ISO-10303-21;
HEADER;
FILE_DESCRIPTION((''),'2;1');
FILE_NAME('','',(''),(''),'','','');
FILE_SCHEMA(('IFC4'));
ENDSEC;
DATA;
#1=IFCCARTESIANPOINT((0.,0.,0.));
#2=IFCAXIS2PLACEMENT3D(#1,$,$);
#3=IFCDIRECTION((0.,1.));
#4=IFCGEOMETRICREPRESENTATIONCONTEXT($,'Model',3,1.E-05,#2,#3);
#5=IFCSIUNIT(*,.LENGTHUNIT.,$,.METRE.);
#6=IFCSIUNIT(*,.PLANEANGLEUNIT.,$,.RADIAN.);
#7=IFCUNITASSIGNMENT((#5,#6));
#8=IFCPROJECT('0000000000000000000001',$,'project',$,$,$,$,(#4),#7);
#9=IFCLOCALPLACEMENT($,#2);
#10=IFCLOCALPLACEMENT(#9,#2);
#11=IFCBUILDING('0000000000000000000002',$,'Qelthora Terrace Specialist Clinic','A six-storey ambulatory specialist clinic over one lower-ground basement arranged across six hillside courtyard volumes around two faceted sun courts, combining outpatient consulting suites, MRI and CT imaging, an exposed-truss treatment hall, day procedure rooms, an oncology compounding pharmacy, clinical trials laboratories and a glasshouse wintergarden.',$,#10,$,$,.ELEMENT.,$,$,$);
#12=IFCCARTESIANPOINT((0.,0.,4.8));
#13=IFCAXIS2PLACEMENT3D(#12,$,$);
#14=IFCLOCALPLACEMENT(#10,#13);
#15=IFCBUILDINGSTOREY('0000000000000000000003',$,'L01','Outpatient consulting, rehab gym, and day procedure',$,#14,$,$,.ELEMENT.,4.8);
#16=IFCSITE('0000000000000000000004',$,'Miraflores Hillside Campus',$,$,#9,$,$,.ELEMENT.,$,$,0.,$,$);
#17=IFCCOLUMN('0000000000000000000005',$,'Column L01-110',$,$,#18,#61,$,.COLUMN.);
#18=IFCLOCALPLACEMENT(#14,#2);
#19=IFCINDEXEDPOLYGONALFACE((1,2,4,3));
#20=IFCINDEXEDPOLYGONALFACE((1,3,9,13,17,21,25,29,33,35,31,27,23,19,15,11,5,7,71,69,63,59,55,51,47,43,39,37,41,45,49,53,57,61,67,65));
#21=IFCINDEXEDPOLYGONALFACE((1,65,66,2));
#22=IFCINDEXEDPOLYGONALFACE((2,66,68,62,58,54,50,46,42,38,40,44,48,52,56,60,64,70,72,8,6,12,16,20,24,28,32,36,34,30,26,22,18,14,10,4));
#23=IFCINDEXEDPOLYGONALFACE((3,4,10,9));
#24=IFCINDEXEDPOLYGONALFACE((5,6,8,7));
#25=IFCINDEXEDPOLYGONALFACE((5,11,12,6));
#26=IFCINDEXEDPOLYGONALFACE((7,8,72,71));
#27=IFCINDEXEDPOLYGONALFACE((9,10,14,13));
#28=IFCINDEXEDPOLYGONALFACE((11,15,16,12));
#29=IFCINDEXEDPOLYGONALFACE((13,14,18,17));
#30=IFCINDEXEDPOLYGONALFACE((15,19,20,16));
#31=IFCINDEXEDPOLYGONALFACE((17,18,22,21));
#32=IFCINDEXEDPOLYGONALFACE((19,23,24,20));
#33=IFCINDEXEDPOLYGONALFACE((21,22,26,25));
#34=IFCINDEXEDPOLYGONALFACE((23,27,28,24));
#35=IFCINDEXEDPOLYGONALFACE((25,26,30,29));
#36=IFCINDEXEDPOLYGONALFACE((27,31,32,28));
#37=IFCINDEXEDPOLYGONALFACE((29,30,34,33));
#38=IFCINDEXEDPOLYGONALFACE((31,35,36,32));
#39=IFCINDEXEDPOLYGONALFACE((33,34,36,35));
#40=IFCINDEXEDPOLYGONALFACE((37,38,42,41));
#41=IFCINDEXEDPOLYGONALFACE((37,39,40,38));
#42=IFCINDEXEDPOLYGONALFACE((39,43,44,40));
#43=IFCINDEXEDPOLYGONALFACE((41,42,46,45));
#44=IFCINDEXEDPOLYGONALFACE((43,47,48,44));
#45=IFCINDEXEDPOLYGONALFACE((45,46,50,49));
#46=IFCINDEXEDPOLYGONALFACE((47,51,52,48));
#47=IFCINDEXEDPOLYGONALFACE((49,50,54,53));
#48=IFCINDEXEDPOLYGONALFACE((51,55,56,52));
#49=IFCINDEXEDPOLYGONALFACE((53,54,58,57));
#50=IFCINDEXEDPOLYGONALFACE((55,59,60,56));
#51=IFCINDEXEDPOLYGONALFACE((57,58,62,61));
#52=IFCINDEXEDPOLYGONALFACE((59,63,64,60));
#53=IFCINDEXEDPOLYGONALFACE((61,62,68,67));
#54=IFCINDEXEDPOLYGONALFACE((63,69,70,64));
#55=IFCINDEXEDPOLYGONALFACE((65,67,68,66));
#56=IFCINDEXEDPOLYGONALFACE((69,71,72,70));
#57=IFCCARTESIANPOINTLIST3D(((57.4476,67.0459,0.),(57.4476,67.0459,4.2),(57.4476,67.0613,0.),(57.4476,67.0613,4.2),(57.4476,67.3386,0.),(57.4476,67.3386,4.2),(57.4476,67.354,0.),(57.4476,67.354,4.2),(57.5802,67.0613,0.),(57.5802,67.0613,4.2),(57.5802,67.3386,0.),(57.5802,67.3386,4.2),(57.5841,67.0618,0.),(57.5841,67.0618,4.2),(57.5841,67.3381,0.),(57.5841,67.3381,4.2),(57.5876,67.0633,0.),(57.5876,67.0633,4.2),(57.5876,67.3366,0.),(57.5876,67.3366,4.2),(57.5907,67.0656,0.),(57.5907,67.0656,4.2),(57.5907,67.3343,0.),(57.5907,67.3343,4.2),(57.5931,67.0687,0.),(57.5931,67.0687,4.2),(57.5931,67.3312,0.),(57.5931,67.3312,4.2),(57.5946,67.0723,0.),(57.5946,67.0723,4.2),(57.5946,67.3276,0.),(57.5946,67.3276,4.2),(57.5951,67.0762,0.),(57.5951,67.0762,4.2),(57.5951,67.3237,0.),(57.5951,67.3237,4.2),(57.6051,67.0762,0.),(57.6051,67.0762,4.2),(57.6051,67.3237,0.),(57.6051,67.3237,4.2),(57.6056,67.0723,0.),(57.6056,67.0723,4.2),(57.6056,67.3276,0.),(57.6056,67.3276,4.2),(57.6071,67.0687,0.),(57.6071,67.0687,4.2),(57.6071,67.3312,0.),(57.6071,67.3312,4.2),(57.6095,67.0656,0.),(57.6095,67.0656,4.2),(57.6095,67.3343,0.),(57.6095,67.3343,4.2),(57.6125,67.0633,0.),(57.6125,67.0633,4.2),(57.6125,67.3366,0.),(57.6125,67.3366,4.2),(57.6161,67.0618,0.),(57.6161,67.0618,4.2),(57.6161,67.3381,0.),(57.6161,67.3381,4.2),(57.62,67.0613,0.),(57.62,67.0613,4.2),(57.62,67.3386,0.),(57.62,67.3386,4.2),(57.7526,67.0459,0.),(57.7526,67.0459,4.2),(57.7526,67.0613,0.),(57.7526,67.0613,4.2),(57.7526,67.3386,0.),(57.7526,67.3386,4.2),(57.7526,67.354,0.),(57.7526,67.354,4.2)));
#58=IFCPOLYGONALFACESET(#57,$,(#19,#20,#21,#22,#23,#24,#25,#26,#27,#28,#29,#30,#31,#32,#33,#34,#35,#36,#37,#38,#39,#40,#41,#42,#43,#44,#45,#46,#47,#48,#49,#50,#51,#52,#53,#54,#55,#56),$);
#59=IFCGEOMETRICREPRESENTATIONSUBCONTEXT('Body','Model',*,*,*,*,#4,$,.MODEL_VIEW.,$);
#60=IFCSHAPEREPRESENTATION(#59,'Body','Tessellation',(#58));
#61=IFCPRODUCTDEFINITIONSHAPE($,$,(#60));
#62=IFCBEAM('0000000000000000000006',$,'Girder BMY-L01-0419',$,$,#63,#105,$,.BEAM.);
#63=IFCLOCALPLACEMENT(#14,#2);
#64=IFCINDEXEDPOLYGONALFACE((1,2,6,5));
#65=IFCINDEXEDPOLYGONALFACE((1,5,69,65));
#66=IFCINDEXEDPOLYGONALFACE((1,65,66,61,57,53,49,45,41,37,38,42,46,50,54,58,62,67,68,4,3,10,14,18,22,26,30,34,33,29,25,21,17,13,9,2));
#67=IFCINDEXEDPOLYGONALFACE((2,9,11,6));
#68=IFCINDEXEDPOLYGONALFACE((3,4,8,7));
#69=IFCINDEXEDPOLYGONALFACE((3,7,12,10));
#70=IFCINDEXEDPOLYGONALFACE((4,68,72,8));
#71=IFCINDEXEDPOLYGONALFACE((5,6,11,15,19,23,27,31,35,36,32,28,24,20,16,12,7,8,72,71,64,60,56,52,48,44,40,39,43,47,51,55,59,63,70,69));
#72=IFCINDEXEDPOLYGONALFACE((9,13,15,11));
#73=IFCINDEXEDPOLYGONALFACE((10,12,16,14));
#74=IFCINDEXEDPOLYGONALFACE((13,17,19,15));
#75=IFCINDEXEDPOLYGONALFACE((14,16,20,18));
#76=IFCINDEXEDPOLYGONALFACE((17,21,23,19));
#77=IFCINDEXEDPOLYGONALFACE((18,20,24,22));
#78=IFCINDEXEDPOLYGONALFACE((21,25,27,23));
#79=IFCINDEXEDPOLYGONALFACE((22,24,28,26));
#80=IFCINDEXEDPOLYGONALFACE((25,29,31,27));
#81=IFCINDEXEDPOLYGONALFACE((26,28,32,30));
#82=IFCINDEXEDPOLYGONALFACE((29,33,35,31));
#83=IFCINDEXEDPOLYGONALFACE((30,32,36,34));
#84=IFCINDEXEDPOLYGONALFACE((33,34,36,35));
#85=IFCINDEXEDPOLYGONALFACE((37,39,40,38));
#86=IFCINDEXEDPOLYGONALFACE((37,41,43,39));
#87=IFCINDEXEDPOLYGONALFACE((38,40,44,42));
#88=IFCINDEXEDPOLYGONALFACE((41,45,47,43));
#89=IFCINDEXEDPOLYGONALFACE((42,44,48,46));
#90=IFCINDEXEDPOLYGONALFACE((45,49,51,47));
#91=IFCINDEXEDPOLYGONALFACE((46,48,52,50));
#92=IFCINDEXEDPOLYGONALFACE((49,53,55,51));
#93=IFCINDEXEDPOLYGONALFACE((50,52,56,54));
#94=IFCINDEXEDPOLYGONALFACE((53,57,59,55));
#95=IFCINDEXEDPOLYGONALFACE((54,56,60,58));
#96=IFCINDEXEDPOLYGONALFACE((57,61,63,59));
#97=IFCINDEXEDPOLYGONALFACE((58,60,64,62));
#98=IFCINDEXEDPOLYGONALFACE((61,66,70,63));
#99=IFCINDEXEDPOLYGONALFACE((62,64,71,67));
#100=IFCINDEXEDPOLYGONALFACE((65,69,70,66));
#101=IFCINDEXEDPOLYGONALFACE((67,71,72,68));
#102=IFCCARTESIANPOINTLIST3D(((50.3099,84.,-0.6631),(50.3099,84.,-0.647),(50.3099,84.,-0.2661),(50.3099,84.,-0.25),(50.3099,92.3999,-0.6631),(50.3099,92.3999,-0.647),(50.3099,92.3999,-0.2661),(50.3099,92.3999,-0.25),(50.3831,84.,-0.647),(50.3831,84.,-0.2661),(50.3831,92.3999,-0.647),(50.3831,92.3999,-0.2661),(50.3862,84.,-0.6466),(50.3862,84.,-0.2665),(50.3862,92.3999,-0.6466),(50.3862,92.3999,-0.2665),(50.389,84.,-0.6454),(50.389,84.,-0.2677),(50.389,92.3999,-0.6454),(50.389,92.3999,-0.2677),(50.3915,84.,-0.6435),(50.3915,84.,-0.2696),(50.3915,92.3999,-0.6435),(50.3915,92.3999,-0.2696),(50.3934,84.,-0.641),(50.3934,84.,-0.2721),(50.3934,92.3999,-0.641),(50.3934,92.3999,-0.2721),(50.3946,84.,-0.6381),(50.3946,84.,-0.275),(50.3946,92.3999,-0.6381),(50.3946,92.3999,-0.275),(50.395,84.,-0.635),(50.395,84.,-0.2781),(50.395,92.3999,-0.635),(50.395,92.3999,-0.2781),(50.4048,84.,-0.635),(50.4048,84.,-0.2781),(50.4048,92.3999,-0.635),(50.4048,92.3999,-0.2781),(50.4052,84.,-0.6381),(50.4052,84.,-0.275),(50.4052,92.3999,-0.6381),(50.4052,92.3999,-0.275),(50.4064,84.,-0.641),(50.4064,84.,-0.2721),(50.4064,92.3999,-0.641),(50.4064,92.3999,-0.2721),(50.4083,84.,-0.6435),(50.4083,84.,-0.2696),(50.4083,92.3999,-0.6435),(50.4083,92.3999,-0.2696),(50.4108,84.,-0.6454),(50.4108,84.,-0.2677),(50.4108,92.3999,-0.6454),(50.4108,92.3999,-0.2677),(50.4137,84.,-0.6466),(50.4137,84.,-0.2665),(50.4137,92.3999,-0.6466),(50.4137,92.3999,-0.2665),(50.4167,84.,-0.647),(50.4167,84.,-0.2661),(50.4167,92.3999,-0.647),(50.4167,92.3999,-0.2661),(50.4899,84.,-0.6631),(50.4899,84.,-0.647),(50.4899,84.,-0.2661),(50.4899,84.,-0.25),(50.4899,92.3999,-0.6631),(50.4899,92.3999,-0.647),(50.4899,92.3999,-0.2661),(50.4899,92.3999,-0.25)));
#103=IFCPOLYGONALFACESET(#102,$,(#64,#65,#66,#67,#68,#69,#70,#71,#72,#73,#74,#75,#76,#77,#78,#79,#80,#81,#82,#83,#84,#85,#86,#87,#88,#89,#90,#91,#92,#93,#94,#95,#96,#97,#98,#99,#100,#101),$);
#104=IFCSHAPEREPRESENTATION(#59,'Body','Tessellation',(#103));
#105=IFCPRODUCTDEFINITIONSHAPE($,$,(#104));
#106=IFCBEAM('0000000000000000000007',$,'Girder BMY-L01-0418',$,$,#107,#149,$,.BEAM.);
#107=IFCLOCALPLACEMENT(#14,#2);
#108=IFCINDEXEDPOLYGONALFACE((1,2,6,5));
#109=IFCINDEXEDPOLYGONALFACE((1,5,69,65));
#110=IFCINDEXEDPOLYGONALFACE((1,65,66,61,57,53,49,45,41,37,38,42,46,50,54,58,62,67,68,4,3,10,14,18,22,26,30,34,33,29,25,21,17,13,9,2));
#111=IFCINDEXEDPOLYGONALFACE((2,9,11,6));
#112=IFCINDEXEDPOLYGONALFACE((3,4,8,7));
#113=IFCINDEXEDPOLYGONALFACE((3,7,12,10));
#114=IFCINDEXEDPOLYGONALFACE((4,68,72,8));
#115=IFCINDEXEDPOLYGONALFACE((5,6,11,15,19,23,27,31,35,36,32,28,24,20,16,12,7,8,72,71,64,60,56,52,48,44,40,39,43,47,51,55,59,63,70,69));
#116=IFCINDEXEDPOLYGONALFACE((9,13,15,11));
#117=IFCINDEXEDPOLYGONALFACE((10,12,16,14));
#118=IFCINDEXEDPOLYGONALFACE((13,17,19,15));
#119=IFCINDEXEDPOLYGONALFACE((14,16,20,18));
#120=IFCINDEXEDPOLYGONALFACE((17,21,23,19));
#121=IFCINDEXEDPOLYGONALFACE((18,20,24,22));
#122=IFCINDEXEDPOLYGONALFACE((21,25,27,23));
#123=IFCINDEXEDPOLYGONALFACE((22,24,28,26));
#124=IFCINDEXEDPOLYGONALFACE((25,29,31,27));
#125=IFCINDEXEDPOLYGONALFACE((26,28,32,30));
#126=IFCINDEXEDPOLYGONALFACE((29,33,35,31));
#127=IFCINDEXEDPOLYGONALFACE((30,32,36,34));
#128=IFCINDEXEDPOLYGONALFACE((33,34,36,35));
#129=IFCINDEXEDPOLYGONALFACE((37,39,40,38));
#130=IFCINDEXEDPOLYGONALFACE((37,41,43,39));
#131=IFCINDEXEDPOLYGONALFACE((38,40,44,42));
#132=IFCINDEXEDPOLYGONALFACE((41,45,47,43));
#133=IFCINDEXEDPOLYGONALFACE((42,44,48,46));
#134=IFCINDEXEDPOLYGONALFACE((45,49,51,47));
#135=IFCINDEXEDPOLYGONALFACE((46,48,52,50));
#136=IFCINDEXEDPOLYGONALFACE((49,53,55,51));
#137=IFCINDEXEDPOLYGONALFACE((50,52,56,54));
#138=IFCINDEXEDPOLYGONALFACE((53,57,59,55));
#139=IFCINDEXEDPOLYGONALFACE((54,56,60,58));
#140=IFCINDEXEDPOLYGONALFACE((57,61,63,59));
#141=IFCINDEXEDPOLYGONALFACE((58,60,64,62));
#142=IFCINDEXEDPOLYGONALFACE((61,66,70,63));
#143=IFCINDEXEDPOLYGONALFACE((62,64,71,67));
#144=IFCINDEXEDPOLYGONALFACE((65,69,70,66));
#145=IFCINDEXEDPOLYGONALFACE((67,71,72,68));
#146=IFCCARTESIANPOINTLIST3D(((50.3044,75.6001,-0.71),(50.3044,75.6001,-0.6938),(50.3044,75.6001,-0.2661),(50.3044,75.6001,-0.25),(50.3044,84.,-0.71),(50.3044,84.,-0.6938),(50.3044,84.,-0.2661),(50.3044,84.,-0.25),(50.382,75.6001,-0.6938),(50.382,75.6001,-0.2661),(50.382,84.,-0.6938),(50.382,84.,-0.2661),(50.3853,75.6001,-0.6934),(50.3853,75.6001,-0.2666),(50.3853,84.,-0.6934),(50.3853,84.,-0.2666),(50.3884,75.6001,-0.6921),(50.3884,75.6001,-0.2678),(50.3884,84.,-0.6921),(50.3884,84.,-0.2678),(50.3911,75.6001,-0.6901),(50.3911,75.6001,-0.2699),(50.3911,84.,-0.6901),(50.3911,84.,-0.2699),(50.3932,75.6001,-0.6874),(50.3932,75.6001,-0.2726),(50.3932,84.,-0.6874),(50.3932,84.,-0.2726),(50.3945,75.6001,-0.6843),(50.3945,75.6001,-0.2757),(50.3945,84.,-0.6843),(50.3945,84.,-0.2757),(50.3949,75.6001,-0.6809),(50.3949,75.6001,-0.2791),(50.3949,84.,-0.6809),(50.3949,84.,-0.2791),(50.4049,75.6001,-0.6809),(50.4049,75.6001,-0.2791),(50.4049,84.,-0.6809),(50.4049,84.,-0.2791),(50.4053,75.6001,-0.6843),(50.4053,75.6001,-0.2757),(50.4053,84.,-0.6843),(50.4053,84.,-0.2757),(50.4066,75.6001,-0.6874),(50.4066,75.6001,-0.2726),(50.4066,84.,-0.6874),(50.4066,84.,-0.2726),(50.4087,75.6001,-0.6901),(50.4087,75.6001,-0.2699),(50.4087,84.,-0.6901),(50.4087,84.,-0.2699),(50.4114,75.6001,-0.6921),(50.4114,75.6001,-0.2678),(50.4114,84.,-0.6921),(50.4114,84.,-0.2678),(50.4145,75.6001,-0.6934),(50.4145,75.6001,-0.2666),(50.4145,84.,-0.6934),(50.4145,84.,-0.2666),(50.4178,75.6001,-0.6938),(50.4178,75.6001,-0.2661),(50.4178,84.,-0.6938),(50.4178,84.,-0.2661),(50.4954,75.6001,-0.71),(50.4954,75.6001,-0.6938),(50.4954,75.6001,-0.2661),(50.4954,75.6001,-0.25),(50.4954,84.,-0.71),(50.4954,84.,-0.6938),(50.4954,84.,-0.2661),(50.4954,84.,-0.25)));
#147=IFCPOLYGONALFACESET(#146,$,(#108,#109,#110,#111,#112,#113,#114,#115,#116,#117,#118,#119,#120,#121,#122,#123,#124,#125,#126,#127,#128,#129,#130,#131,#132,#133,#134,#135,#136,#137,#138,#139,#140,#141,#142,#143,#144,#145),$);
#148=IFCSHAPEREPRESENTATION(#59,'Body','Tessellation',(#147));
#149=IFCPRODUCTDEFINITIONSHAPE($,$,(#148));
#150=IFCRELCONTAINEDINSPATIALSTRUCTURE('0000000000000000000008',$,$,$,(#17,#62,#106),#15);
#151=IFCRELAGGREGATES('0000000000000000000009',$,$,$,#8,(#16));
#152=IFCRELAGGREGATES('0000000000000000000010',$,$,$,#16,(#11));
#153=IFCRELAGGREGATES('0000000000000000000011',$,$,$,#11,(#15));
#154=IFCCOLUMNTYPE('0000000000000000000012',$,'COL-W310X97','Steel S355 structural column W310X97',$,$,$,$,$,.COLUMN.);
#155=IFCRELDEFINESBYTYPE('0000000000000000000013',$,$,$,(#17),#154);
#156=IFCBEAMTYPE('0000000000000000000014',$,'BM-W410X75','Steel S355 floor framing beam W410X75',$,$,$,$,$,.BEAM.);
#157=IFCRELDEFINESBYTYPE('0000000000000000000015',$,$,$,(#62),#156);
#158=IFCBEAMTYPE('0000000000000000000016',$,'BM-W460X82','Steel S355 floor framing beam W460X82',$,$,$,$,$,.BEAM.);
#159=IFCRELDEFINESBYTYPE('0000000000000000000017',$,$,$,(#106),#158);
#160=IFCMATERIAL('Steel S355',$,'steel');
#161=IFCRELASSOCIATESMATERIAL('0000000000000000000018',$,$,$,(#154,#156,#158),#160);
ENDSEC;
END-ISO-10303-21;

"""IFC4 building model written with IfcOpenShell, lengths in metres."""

from ifc_helpers import new_model, si_unit, direction, frame, origin, origin_2d, place, context, subcontext, project, spatial, i_section, extrude, material, material_profile, profile_set, type_object, element, save


model = new_model("IFC4")

# Units and contexts
model_context = context("Model", 3, precision=1e-05, world=origin(), true_north=direction((0.0, 1.0)))
body_context = subcontext(model_context, "Body", "Model", "MODEL_VIEW")
ifc_project = project(units=[si_unit("LENGTHUNIT", "METRE"), si_unit("PLANEANGLEUNIT", "RADIAN")], contexts=[model_context])

# Site, building, storey
site_placement = place(None, origin())
site = spatial("IfcSite", under=ifc_project, at=site_placement, Name="Miraflores Hillside Campus", CompositionType="ELEMENT", RefElevation=0.0)
building_placement = place(site_placement, origin())
building = spatial("IfcBuilding", under=site, at=building_placement, Name="Qelthora Terrace Specialist Clinic", Description="A six-storey ambulatory specialist clinic over one lower-ground basement arranged across six hillside courtyard volumes around two faceted sun courts, combining outpatient consulting suites, MRI and CT imaging, an exposed-truss treatment hall, day procedure rooms, an oncology compounding pharmacy, clinical trials laboratories and a glasshouse wintergarden.", CompositionType="ELEMENT")
storey_placement = place(building_placement, frame((0.0, 0.0, 4.8)))
storey = spatial("IfcBuildingStorey", under=building, at=storey_placement, Name="L01", Description="Outpatient consulting, rehab gym, and day procedure", CompositionType="ELEMENT", Elevation=4.8)

# Column
ifc_material_1 = material(Name="Steel S355", Category="steel")
ifc_material_profile_1 = material_profile(ifc_material_1, i_section(OverallWidth=0.3049, OverallDepth=0.3081, WebThickness=0.01, FlangeThickness=0.0154, FilletRadius=0.0149, at=origin_2d()), Name="W310X97")
ifc_profile_set_1 = profile_set([ifc_material_profile_1], Name="Steel S355")
column_type_1 = type_object("IfcColumnType", Name="COL-W310X97", Description="Steel S355 structural column W310X97", PredefinedType="COLUMN", material=ifc_profile_set_1)
column_1_placement = place(storey_placement, frame((57.6001, 67.2, 0.0), z_axis=(0.0, 0.0, 1.0), x_axis=(1.0, 0.0, 0.0)))
element("IfcColumn", 1, at=column_1_placement, inside=storey, type_object=column_type_1, Name="Column L01-110", PredefinedType="COLUMN", context=body_context, shape_type="SweptSolid", body=[
    extrude(i_section(OverallWidth=0.3049, OverallDepth=0.3081, WebThickness=0.01, FlangeThickness=0.0154, FilletRadius=0.0149, at=origin_2d()), origin(), (0.0, 0.0, 1.0), 4.2),
])

# Beams
ifc_material_profile_2 = material_profile(ifc_material_1, i_section(OverallWidth=0.1799, OverallDepth=0.4131, WebThickness=0.0098, FlangeThickness=0.0161, FilletRadius=0.012, at=origin_2d()), Name="W410X75")
ifc_profile_set_2 = profile_set([ifc_material_profile_2], Name="Steel S355")
beam_type_1 = type_object("IfcBeamType", Name="BM-W410X75", Description="Steel S355 floor framing beam W410X75", PredefinedType="BEAM", material=ifc_profile_set_2)
beam_1_placement = place(storey_placement, frame((50.3999, 84.0, -0.4565), z_axis=(0.0, 1.0, 0.0), x_axis=(-1.0, 0.0, 0.0)))
element("IfcBeam", 2, at=beam_1_placement, inside=storey, type_object=beam_type_1, Name="Girder BMY-L01-0419", PredefinedType="BEAM", context=body_context, shape_type="SweptSolid", body=[
    extrude(i_section(OverallWidth=0.1799, OverallDepth=0.4131, WebThickness=0.0098, FlangeThickness=0.0161, FilletRadius=0.012, at=origin_2d()), origin(), (0.0, 0.0, 1.0), 8.3999),
])
ifc_material_profile_3 = material_profile(ifc_material_1, i_section(OverallWidth=0.1909, OverallDepth=0.46, WebThickness=0.01, FlangeThickness=0.0161, FilletRadius=0.0129, at=origin_2d()), Name="W460X82")
ifc_profile_set_3 = profile_set([ifc_material_profile_3], Name="Steel S355")
beam_type_2 = type_object("IfcBeamType", Name="BM-W460X82", Description="Steel S355 floor framing beam W460X82", PredefinedType="BEAM", material=ifc_profile_set_3)
beam_2_placement = place(storey_placement, frame((50.3999, 75.6001, -0.48), z_axis=(0.0, 1.0, 0.0), x_axis=(-1.0, 0.0, 0.0)))
element("IfcBeam", 3, at=beam_2_placement, inside=storey, type_object=beam_type_2, Name="Girder BMY-L01-0418", PredefinedType="BEAM", context=body_context, shape_type="SweptSolid", body=[
    extrude(i_section(OverallWidth=0.1909, OverallDepth=0.46, WebThickness=0.01, FlangeThickness=0.0161, FilletRadius=0.0129, at=origin_2d()), origin(), (0.0, 0.0, 1.0), 8.3999),
])

save(model, "model.ifc")
